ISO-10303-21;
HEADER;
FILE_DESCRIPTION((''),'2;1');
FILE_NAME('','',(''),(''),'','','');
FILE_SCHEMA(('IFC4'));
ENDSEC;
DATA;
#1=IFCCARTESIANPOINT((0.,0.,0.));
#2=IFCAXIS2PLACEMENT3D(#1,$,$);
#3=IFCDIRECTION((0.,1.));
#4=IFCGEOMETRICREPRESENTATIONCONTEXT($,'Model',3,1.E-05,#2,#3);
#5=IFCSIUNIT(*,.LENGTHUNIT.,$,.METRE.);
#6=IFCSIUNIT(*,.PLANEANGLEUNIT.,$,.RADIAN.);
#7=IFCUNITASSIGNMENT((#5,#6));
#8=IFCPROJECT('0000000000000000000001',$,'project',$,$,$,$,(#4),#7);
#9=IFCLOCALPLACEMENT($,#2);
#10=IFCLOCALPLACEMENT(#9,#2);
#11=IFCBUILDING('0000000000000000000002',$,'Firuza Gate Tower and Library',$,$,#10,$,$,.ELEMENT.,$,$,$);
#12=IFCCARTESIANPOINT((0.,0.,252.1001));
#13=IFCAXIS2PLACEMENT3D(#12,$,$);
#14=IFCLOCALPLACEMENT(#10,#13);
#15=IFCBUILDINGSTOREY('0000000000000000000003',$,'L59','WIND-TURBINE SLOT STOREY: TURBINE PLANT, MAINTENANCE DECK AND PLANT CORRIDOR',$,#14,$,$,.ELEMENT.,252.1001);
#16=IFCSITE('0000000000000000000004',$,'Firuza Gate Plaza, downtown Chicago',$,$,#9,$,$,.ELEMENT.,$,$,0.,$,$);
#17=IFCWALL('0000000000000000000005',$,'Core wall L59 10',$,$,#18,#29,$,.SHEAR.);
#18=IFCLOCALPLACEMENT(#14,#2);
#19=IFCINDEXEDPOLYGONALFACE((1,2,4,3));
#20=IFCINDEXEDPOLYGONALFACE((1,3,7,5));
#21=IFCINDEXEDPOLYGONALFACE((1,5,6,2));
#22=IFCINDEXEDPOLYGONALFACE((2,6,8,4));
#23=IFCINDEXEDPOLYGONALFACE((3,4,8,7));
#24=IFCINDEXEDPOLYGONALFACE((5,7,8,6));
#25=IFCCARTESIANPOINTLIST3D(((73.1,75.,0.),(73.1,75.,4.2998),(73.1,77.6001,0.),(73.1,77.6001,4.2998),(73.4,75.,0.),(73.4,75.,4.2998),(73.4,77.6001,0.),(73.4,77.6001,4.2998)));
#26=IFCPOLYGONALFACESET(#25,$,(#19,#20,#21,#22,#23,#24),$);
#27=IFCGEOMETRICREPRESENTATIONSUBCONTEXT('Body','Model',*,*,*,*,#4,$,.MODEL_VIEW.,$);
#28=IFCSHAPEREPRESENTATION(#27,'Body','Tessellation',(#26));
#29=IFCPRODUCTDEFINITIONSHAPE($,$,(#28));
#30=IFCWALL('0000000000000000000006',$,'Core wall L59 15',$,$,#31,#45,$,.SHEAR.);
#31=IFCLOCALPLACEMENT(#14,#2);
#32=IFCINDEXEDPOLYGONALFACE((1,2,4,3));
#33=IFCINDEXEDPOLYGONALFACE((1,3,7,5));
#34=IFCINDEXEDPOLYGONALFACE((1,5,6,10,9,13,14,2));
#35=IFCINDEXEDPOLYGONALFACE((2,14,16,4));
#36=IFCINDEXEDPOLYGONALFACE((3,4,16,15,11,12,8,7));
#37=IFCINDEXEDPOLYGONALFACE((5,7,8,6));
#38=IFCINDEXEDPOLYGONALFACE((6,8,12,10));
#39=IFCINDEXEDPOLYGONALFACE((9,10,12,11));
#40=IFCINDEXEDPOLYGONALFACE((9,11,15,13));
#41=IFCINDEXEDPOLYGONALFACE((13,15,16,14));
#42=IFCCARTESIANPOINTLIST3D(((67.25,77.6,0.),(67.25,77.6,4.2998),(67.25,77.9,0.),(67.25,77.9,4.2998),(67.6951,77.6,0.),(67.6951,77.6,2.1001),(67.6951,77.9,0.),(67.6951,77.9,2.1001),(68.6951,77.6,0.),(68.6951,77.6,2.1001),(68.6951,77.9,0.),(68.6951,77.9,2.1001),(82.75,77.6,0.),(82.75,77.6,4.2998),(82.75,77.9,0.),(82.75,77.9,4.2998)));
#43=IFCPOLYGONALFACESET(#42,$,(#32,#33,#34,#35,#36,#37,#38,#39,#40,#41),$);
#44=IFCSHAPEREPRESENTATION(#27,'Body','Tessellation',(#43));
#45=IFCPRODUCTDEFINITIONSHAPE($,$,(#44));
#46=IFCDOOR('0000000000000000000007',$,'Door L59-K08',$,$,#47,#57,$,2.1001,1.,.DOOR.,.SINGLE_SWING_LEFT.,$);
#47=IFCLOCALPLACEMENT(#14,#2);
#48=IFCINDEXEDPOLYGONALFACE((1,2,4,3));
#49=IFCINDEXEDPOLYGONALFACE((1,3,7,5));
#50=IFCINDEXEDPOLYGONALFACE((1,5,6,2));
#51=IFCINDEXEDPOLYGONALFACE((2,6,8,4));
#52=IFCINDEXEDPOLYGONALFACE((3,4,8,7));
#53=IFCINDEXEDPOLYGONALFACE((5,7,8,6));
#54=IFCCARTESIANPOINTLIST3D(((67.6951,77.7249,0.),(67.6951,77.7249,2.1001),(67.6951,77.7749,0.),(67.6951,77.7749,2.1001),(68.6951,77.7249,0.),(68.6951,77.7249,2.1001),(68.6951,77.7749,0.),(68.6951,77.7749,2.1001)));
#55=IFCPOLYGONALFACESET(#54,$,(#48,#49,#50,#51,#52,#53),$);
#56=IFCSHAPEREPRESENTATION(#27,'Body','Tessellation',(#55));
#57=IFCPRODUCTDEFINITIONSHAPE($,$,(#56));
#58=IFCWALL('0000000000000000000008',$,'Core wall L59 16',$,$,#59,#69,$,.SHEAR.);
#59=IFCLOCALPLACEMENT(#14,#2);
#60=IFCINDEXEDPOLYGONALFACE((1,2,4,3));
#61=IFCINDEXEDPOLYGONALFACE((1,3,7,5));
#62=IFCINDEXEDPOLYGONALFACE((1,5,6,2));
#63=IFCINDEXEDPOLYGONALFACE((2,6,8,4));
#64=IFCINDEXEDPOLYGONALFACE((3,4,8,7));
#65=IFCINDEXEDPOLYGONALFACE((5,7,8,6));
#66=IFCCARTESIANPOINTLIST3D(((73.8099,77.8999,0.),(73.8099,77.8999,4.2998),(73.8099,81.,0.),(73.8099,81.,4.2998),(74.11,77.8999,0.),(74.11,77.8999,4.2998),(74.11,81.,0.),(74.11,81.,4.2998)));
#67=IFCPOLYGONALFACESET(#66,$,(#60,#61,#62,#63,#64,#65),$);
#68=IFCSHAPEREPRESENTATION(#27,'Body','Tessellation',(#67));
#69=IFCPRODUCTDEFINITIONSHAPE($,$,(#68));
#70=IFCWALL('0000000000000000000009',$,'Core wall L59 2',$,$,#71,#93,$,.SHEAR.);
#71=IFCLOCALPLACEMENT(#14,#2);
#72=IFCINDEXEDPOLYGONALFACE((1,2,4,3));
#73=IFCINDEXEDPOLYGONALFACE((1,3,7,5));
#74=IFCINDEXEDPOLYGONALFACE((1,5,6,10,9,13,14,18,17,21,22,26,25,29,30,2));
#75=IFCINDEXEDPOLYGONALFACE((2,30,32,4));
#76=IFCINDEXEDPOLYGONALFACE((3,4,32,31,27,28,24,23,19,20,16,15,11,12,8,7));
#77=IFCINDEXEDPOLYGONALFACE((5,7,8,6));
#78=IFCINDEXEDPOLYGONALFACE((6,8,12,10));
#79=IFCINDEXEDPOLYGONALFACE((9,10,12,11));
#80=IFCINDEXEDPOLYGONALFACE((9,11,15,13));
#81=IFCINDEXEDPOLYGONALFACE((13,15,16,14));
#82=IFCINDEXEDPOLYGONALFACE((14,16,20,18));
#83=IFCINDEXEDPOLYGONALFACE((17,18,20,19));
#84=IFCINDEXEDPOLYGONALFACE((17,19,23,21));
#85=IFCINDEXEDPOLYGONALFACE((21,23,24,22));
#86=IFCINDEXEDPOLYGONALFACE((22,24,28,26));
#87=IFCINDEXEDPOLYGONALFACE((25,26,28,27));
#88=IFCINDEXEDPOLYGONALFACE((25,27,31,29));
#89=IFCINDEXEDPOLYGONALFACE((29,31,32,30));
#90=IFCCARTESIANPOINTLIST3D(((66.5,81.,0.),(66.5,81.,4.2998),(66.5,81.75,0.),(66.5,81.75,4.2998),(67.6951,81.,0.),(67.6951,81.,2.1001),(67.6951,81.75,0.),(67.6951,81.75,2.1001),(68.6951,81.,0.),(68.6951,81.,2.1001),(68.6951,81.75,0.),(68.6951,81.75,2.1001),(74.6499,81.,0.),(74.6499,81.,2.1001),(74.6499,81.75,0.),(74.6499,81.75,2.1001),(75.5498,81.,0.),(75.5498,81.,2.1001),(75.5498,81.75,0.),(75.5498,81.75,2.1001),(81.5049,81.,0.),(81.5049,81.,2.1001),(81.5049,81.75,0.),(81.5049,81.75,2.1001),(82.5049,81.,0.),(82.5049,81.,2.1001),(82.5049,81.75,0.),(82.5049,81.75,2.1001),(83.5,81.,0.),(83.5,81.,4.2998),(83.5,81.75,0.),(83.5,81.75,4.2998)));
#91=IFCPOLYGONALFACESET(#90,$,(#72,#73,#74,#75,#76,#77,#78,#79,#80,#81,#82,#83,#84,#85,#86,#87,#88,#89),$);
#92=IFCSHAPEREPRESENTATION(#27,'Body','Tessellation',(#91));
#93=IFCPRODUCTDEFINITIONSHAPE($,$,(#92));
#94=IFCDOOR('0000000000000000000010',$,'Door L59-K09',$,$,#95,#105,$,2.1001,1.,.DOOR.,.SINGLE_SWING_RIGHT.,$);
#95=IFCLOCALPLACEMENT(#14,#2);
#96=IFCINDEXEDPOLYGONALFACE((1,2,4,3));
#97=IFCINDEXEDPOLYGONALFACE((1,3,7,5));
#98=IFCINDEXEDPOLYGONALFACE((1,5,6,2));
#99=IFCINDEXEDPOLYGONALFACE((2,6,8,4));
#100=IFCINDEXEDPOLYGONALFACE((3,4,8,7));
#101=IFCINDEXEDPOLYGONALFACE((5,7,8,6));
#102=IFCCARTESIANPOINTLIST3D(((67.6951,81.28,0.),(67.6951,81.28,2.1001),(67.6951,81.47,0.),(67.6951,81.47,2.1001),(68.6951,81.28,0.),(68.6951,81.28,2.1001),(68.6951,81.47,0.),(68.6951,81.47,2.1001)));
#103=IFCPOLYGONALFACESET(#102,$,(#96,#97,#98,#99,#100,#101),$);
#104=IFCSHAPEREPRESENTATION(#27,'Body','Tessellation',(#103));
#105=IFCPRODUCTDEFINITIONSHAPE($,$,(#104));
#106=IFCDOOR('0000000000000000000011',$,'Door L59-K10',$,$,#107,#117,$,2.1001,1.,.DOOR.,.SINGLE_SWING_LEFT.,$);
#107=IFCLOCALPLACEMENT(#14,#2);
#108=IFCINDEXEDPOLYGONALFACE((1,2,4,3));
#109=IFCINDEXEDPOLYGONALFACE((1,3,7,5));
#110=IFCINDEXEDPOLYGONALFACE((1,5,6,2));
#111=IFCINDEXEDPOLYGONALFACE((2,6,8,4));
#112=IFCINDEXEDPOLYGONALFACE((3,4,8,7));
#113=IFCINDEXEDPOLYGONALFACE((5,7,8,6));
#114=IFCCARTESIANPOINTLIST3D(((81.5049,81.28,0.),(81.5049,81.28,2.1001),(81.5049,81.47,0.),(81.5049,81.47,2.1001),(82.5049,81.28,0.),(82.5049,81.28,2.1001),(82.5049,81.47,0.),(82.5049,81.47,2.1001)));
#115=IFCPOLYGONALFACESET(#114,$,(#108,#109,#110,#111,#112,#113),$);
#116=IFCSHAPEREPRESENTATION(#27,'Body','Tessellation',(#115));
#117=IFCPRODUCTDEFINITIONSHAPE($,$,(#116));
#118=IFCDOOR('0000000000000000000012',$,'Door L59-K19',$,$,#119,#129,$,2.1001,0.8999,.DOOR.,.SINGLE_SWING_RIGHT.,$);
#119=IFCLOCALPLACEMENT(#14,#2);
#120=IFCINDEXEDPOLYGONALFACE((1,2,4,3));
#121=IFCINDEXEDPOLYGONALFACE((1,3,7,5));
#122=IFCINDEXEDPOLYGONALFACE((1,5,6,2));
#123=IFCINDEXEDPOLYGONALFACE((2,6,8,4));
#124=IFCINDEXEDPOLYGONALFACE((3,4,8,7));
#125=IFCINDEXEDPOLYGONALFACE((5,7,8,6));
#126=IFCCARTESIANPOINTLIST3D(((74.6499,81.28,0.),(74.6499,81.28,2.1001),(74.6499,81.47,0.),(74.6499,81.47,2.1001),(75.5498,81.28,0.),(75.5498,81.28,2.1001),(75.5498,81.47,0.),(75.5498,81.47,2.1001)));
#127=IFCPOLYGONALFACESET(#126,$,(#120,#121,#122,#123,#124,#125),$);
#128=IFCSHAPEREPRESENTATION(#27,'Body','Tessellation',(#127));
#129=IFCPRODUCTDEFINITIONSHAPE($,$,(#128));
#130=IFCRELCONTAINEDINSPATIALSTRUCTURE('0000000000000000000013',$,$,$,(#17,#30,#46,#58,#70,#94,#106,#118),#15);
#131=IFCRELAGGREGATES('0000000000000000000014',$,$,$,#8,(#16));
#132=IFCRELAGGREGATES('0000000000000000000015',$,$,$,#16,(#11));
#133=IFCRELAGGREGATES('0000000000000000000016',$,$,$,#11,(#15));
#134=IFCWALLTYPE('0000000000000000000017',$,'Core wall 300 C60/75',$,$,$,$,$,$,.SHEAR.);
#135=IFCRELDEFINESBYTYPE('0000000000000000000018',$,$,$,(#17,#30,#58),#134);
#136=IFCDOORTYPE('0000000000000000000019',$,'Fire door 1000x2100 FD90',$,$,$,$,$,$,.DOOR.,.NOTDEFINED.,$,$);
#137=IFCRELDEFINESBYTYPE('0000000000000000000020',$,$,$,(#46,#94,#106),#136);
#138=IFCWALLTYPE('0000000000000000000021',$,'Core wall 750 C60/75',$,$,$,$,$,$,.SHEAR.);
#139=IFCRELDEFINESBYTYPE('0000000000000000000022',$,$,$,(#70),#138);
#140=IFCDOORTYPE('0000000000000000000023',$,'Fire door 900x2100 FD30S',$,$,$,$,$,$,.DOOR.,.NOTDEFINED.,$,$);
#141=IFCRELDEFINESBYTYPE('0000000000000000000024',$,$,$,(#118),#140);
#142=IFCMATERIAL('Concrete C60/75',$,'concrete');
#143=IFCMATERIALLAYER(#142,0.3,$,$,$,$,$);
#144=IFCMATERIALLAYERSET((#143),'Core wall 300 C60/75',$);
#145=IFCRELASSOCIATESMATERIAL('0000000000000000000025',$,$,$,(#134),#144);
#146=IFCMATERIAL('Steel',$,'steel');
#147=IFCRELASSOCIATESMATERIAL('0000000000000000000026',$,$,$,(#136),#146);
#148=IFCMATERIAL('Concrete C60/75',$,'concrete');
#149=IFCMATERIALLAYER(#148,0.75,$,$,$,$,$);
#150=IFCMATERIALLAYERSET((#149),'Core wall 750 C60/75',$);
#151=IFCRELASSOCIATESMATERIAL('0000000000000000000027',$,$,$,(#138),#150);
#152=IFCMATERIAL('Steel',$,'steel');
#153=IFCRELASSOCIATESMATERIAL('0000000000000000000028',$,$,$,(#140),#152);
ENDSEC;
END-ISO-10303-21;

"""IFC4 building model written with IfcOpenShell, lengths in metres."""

from ifc_helpers import new_model, si_unit, direction, frame, frame_2d, origin, place, context, subcontext, project, spatial, rectangle, extrude, material, layer, layer_set, type_object, element, fill, save


model = new_model("IFC4")

# Units and contexts
model_context = context("Model", 3, precision=1e-05, world=origin(), true_north=direction((0.0, 1.0)))
body_context = subcontext(model_context, "Body", "Model", "MODEL_VIEW")
ifc_project = project(units=[si_unit("LENGTHUNIT", "METRE"), si_unit("PLANEANGLEUNIT", "RADIAN")], contexts=[model_context])

# Site, building, storey
site_placement = place(None, origin())
site = spatial("IfcSite", under=ifc_project, at=site_placement, Name="Firuza Gate Plaza, downtown Chicago", CompositionType="ELEMENT", RefElevation=0.0)
building_placement = place(site_placement, origin())
building = spatial("IfcBuilding", under=site, at=building_placement, Name="Firuza Gate Tower and Library", CompositionType="ELEMENT")
storey_placement = place(building_placement, frame((0.0, 0.0, 252.1001)))
storey = spatial("IfcBuildingStorey", under=building, at=storey_placement, Name="L59", Description="WIND-TURBINE SLOT STOREY: TURBINE PLANT, MAINTENANCE DECK AND PLANT CORRIDOR", CompositionType="ELEMENT", Elevation=252.1001)

# Wall
ifc_material_1 = material(Name="Concrete C60/75", Category="concrete")
ifc_layer_1 = layer(ifc_material_1, 0.3)
ifc_layer_set_1 = layer_set([ifc_layer_1], Name="Core wall 300 C60/75")
wall_type_1 = type_object("IfcWallType", Name="Core wall 300 C60/75", PredefinedType="SHEAR", material=ifc_layer_set_1)
wall_1_placement = place(storey_placement, frame((73.25, 75.0, 0.0), z_axis=(0.0, 0.0, 1.0), x_axis=(0.0, 1.0, 0.0)))
element("IfcWall", 1, at=wall_1_placement, inside=storey, type_object=wall_type_1, Name="Core wall L59 10", PredefinedType="SHEAR", context=body_context, shape_type="SweptSolid", body=[
    extrude(rectangle(XDim=2.6001, YDim=0.3, at=frame_2d((1.3, 0.0))), origin(), (0.0, 0.0, 1.0), 4.2998),
])

# Wall, opening, door
wall_2_placement = place(storey_placement, frame((67.25, 77.75, 0.0), z_axis=(0.0, 0.0, 1.0), x_axis=(1.0, 0.0, 0.0)))
wall_2 = element("IfcWall", 2, at=wall_2_placement, inside=storey, type_object=wall_type_1, Name="Core wall L59 15", PredefinedType="SHEAR", context=body_context, shape_type="SweptSolid", body=[
    extrude(rectangle(XDim=15.5, YDim=0.3, at=frame_2d((7.75, 0.0))), origin(), (0.0, 0.0, 1.0), 4.2998),
])
opening_1_placement = place(wall_2_placement, frame((0.4451, 0.0, 0.0)))
opening_1 = element("IfcOpeningElement", 3, at=opening_1_placement, cuts=wall_2, PredefinedType="OPENING", context=body_context, shape_type="SweptSolid", body=[
    extrude(rectangle(XDim=1.0, YDim=2.1001, at=frame_2d((0.5, 1.05))), frame((0.0, 0.1602, 0.0), z_axis=(0.0, -1.0, 0.0), x_axis=(1.0, 0.0, 0.0)), (0.0, 0.0, 1.0), 0.3201),
])
ifc_material_2 = material(Name="Steel", Category="steel")
door_type_1 = type_object("IfcDoorType", Name="Fire door 1000x2100 FD90", OperationType="NOTDEFINED", PredefinedType="DOOR", material=ifc_material_2)
door_1_placement = place(opening_1_placement, origin())
door_1 = element("IfcDoor", 4, at=door_1_placement, inside=storey, type_object=door_type_1, Name="Door L59-K08", OperationType="SINGLE_SWING_LEFT", OverallHeight=2.1001, OverallWidth=1.0, PredefinedType="DOOR", context=body_context, shape_type="SweptSolid", body=[
    extrude(rectangle(XDim=1.0, YDim=2.1001, at=frame_2d((0.5, 1.05))), frame((0.0, 0.0249, 0.0), z_axis=(0.0, -1.0, 0.0), x_axis=(1.0, 0.0, 0.0)), (0.0, 0.0, 1.0), 0.05),
])
fill(opening_1, door_1)

# Wall
wall_3_placement = place(storey_placement, frame((73.96, 77.8999, 0.0), z_axis=(0.0, 0.0, 1.0), x_axis=(0.0, 1.0, 0.0)))
element("IfcWall", 5, at=wall_3_placement, inside=storey, type_object=wall_type_1, Name="Core wall L59 16", PredefinedType="SHEAR", context=body_context, shape_type="SweptSolid", body=[
    extrude(rectangle(XDim=3.1001, YDim=0.3, at=frame_2d((1.55, 0.0))), origin(), (0.0, 0.0, 1.0), 4.2998),
])

# Wall, openings, doors
ifc_material_3 = material(Name="Concrete C60/75", Category="concrete")
ifc_layer_2 = layer(ifc_material_3, 0.75)
ifc_layer_set_2 = layer_set([ifc_layer_2], Name="Core wall 750 C60/75")
wall_type_2 = type_object("IfcWallType", Name="Core wall 750 C60/75", PredefinedType="SHEAR", material=ifc_layer_set_2)
wall_4_placement = place(storey_placement, frame((66.5, 81.375, 0.0), z_axis=(0.0, 0.0, 1.0), x_axis=(1.0, 0.0, 0.0)))
wall_4 = element("IfcWall", 6, at=wall_4_placement, inside=storey, type_object=wall_type_2, Name="Core wall L59 2", PredefinedType="SHEAR", context=body_context, shape_type="SweptSolid", body=[
    extrude(rectangle(XDim=17.0, YDim=0.75, at=frame_2d((8.5, 0.0))), origin(), (0.0, 0.0, 1.0), 4.2998),
])
opening_2_placement = place(wall_4_placement, frame((1.1951, 0.0, 0.0)))
opening_2 = element("IfcOpeningElement", 7, at=opening_2_placement, cuts=wall_4, PredefinedType="OPENING", context=body_context, shape_type="SweptSolid", body=[
    extrude(rectangle(XDim=1.0, YDim=2.1001, at=frame_2d((0.5, 1.05))), frame((0.0, 0.385, 0.0), z_axis=(0.0, -1.0, 0.0), x_axis=(1.0, 0.0, 0.0)), (0.0, 0.0, 1.0), 0.77),
])
opening_3_placement = place(wall_4_placement, frame((15.0049, 0.0, 0.0)))
opening_3 = element("IfcOpeningElement", 8, at=opening_3_placement, cuts=wall_4, PredefinedType="OPENING", context=body_context, shape_type="SweptSolid", body=[
    extrude(rectangle(XDim=1.0, YDim=2.1001, at=frame_2d((0.5, 1.05))), frame((0.0, 0.385, 0.0), z_axis=(0.0, -1.0, 0.0), x_axis=(1.0, 0.0, 0.0)), (0.0, 0.0, 1.0), 0.77),
])
opening_4_placement = place(wall_4_placement, frame((8.1499, 0.0, 0.0)))
opening_4 = element("IfcOpeningElement", 9, at=opening_4_placement, cuts=wall_4, PredefinedType="OPENING", context=body_context, shape_type="SweptSolid", body=[
    extrude(rectangle(XDim=0.8999, YDim=2.1001, at=frame_2d((0.45, 1.05))), frame((0.0, 0.385, 0.0), z_axis=(0.0, -1.0, 0.0), x_axis=(1.0, 0.0, 0.0)), (0.0, 0.0, 1.0), 0.77),
])
door_2_placement = place(opening_2_placement, origin())
door_2 = element("IfcDoor", 10, at=door_2_placement, inside=storey, type_object=door_type_1, Name="Door L59-K09", OperationType="SINGLE_SWING_RIGHT", OverallHeight=2.1001, OverallWidth=1.0, PredefinedType="DOOR", context=body_context, shape_type="SweptSolid", body=[
    extrude(rectangle(XDim=1.0, YDim=2.1001, at=frame_2d((0.5, 1.05))), frame((0.0, 0.095, 0.0), z_axis=(0.0, -1.0, 0.0), x_axis=(1.0, 0.0, 0.0)), (0.0, 0.0, 1.0), 0.1899),
])
fill(opening_2, door_2)
door_3_placement = place(opening_3_placement, origin())
door_3 = element("IfcDoor", 11, at=door_3_placement, inside=storey, type_object=door_type_1, Name="Door L59-K10", OperationType="SINGLE_SWING_LEFT", OverallHeight=2.1001, OverallWidth=1.0, PredefinedType="DOOR", context=body_context, shape_type="SweptSolid", body=[
    extrude(rectangle(XDim=1.0, YDim=2.1001, at=frame_2d((0.5, 1.05))), frame((0.0, 0.095, 0.0), z_axis=(0.0, -1.0, 0.0), x_axis=(1.0, 0.0, 0.0)), (0.0, 0.0, 1.0), 0.1899),
])
fill(opening_3, door_3)
ifc_material_4 = material(Name="Steel", Category="steel")
door_type_2 = type_object("IfcDoorType", Name="Fire door 900x2100 FD30S", OperationType="NOTDEFINED", PredefinedType="DOOR", material=ifc_material_4)
door_4_placement = place(opening_4_placement, origin())
door_4 = element("IfcDoor", 12, at=door_4_placement, inside=storey, type_object=door_type_2, Name="Door L59-K19", OperationType="SINGLE_SWING_RIGHT", OverallHeight=2.1001, OverallWidth=0.8999, PredefinedType="DOOR", context=body_context, shape_type="SweptSolid", body=[
    extrude(rectangle(XDim=0.8999, YDim=2.1001, at=frame_2d((0.45, 1.05))), frame((0.0, 0.095, 0.0), z_axis=(0.0, -1.0, 0.0), x_axis=(1.0, 0.0, 0.0)), (0.0, 0.0, 1.0), 0.1899),
])
fill(opening_4, door_4)

save(model, "model.ifc")
